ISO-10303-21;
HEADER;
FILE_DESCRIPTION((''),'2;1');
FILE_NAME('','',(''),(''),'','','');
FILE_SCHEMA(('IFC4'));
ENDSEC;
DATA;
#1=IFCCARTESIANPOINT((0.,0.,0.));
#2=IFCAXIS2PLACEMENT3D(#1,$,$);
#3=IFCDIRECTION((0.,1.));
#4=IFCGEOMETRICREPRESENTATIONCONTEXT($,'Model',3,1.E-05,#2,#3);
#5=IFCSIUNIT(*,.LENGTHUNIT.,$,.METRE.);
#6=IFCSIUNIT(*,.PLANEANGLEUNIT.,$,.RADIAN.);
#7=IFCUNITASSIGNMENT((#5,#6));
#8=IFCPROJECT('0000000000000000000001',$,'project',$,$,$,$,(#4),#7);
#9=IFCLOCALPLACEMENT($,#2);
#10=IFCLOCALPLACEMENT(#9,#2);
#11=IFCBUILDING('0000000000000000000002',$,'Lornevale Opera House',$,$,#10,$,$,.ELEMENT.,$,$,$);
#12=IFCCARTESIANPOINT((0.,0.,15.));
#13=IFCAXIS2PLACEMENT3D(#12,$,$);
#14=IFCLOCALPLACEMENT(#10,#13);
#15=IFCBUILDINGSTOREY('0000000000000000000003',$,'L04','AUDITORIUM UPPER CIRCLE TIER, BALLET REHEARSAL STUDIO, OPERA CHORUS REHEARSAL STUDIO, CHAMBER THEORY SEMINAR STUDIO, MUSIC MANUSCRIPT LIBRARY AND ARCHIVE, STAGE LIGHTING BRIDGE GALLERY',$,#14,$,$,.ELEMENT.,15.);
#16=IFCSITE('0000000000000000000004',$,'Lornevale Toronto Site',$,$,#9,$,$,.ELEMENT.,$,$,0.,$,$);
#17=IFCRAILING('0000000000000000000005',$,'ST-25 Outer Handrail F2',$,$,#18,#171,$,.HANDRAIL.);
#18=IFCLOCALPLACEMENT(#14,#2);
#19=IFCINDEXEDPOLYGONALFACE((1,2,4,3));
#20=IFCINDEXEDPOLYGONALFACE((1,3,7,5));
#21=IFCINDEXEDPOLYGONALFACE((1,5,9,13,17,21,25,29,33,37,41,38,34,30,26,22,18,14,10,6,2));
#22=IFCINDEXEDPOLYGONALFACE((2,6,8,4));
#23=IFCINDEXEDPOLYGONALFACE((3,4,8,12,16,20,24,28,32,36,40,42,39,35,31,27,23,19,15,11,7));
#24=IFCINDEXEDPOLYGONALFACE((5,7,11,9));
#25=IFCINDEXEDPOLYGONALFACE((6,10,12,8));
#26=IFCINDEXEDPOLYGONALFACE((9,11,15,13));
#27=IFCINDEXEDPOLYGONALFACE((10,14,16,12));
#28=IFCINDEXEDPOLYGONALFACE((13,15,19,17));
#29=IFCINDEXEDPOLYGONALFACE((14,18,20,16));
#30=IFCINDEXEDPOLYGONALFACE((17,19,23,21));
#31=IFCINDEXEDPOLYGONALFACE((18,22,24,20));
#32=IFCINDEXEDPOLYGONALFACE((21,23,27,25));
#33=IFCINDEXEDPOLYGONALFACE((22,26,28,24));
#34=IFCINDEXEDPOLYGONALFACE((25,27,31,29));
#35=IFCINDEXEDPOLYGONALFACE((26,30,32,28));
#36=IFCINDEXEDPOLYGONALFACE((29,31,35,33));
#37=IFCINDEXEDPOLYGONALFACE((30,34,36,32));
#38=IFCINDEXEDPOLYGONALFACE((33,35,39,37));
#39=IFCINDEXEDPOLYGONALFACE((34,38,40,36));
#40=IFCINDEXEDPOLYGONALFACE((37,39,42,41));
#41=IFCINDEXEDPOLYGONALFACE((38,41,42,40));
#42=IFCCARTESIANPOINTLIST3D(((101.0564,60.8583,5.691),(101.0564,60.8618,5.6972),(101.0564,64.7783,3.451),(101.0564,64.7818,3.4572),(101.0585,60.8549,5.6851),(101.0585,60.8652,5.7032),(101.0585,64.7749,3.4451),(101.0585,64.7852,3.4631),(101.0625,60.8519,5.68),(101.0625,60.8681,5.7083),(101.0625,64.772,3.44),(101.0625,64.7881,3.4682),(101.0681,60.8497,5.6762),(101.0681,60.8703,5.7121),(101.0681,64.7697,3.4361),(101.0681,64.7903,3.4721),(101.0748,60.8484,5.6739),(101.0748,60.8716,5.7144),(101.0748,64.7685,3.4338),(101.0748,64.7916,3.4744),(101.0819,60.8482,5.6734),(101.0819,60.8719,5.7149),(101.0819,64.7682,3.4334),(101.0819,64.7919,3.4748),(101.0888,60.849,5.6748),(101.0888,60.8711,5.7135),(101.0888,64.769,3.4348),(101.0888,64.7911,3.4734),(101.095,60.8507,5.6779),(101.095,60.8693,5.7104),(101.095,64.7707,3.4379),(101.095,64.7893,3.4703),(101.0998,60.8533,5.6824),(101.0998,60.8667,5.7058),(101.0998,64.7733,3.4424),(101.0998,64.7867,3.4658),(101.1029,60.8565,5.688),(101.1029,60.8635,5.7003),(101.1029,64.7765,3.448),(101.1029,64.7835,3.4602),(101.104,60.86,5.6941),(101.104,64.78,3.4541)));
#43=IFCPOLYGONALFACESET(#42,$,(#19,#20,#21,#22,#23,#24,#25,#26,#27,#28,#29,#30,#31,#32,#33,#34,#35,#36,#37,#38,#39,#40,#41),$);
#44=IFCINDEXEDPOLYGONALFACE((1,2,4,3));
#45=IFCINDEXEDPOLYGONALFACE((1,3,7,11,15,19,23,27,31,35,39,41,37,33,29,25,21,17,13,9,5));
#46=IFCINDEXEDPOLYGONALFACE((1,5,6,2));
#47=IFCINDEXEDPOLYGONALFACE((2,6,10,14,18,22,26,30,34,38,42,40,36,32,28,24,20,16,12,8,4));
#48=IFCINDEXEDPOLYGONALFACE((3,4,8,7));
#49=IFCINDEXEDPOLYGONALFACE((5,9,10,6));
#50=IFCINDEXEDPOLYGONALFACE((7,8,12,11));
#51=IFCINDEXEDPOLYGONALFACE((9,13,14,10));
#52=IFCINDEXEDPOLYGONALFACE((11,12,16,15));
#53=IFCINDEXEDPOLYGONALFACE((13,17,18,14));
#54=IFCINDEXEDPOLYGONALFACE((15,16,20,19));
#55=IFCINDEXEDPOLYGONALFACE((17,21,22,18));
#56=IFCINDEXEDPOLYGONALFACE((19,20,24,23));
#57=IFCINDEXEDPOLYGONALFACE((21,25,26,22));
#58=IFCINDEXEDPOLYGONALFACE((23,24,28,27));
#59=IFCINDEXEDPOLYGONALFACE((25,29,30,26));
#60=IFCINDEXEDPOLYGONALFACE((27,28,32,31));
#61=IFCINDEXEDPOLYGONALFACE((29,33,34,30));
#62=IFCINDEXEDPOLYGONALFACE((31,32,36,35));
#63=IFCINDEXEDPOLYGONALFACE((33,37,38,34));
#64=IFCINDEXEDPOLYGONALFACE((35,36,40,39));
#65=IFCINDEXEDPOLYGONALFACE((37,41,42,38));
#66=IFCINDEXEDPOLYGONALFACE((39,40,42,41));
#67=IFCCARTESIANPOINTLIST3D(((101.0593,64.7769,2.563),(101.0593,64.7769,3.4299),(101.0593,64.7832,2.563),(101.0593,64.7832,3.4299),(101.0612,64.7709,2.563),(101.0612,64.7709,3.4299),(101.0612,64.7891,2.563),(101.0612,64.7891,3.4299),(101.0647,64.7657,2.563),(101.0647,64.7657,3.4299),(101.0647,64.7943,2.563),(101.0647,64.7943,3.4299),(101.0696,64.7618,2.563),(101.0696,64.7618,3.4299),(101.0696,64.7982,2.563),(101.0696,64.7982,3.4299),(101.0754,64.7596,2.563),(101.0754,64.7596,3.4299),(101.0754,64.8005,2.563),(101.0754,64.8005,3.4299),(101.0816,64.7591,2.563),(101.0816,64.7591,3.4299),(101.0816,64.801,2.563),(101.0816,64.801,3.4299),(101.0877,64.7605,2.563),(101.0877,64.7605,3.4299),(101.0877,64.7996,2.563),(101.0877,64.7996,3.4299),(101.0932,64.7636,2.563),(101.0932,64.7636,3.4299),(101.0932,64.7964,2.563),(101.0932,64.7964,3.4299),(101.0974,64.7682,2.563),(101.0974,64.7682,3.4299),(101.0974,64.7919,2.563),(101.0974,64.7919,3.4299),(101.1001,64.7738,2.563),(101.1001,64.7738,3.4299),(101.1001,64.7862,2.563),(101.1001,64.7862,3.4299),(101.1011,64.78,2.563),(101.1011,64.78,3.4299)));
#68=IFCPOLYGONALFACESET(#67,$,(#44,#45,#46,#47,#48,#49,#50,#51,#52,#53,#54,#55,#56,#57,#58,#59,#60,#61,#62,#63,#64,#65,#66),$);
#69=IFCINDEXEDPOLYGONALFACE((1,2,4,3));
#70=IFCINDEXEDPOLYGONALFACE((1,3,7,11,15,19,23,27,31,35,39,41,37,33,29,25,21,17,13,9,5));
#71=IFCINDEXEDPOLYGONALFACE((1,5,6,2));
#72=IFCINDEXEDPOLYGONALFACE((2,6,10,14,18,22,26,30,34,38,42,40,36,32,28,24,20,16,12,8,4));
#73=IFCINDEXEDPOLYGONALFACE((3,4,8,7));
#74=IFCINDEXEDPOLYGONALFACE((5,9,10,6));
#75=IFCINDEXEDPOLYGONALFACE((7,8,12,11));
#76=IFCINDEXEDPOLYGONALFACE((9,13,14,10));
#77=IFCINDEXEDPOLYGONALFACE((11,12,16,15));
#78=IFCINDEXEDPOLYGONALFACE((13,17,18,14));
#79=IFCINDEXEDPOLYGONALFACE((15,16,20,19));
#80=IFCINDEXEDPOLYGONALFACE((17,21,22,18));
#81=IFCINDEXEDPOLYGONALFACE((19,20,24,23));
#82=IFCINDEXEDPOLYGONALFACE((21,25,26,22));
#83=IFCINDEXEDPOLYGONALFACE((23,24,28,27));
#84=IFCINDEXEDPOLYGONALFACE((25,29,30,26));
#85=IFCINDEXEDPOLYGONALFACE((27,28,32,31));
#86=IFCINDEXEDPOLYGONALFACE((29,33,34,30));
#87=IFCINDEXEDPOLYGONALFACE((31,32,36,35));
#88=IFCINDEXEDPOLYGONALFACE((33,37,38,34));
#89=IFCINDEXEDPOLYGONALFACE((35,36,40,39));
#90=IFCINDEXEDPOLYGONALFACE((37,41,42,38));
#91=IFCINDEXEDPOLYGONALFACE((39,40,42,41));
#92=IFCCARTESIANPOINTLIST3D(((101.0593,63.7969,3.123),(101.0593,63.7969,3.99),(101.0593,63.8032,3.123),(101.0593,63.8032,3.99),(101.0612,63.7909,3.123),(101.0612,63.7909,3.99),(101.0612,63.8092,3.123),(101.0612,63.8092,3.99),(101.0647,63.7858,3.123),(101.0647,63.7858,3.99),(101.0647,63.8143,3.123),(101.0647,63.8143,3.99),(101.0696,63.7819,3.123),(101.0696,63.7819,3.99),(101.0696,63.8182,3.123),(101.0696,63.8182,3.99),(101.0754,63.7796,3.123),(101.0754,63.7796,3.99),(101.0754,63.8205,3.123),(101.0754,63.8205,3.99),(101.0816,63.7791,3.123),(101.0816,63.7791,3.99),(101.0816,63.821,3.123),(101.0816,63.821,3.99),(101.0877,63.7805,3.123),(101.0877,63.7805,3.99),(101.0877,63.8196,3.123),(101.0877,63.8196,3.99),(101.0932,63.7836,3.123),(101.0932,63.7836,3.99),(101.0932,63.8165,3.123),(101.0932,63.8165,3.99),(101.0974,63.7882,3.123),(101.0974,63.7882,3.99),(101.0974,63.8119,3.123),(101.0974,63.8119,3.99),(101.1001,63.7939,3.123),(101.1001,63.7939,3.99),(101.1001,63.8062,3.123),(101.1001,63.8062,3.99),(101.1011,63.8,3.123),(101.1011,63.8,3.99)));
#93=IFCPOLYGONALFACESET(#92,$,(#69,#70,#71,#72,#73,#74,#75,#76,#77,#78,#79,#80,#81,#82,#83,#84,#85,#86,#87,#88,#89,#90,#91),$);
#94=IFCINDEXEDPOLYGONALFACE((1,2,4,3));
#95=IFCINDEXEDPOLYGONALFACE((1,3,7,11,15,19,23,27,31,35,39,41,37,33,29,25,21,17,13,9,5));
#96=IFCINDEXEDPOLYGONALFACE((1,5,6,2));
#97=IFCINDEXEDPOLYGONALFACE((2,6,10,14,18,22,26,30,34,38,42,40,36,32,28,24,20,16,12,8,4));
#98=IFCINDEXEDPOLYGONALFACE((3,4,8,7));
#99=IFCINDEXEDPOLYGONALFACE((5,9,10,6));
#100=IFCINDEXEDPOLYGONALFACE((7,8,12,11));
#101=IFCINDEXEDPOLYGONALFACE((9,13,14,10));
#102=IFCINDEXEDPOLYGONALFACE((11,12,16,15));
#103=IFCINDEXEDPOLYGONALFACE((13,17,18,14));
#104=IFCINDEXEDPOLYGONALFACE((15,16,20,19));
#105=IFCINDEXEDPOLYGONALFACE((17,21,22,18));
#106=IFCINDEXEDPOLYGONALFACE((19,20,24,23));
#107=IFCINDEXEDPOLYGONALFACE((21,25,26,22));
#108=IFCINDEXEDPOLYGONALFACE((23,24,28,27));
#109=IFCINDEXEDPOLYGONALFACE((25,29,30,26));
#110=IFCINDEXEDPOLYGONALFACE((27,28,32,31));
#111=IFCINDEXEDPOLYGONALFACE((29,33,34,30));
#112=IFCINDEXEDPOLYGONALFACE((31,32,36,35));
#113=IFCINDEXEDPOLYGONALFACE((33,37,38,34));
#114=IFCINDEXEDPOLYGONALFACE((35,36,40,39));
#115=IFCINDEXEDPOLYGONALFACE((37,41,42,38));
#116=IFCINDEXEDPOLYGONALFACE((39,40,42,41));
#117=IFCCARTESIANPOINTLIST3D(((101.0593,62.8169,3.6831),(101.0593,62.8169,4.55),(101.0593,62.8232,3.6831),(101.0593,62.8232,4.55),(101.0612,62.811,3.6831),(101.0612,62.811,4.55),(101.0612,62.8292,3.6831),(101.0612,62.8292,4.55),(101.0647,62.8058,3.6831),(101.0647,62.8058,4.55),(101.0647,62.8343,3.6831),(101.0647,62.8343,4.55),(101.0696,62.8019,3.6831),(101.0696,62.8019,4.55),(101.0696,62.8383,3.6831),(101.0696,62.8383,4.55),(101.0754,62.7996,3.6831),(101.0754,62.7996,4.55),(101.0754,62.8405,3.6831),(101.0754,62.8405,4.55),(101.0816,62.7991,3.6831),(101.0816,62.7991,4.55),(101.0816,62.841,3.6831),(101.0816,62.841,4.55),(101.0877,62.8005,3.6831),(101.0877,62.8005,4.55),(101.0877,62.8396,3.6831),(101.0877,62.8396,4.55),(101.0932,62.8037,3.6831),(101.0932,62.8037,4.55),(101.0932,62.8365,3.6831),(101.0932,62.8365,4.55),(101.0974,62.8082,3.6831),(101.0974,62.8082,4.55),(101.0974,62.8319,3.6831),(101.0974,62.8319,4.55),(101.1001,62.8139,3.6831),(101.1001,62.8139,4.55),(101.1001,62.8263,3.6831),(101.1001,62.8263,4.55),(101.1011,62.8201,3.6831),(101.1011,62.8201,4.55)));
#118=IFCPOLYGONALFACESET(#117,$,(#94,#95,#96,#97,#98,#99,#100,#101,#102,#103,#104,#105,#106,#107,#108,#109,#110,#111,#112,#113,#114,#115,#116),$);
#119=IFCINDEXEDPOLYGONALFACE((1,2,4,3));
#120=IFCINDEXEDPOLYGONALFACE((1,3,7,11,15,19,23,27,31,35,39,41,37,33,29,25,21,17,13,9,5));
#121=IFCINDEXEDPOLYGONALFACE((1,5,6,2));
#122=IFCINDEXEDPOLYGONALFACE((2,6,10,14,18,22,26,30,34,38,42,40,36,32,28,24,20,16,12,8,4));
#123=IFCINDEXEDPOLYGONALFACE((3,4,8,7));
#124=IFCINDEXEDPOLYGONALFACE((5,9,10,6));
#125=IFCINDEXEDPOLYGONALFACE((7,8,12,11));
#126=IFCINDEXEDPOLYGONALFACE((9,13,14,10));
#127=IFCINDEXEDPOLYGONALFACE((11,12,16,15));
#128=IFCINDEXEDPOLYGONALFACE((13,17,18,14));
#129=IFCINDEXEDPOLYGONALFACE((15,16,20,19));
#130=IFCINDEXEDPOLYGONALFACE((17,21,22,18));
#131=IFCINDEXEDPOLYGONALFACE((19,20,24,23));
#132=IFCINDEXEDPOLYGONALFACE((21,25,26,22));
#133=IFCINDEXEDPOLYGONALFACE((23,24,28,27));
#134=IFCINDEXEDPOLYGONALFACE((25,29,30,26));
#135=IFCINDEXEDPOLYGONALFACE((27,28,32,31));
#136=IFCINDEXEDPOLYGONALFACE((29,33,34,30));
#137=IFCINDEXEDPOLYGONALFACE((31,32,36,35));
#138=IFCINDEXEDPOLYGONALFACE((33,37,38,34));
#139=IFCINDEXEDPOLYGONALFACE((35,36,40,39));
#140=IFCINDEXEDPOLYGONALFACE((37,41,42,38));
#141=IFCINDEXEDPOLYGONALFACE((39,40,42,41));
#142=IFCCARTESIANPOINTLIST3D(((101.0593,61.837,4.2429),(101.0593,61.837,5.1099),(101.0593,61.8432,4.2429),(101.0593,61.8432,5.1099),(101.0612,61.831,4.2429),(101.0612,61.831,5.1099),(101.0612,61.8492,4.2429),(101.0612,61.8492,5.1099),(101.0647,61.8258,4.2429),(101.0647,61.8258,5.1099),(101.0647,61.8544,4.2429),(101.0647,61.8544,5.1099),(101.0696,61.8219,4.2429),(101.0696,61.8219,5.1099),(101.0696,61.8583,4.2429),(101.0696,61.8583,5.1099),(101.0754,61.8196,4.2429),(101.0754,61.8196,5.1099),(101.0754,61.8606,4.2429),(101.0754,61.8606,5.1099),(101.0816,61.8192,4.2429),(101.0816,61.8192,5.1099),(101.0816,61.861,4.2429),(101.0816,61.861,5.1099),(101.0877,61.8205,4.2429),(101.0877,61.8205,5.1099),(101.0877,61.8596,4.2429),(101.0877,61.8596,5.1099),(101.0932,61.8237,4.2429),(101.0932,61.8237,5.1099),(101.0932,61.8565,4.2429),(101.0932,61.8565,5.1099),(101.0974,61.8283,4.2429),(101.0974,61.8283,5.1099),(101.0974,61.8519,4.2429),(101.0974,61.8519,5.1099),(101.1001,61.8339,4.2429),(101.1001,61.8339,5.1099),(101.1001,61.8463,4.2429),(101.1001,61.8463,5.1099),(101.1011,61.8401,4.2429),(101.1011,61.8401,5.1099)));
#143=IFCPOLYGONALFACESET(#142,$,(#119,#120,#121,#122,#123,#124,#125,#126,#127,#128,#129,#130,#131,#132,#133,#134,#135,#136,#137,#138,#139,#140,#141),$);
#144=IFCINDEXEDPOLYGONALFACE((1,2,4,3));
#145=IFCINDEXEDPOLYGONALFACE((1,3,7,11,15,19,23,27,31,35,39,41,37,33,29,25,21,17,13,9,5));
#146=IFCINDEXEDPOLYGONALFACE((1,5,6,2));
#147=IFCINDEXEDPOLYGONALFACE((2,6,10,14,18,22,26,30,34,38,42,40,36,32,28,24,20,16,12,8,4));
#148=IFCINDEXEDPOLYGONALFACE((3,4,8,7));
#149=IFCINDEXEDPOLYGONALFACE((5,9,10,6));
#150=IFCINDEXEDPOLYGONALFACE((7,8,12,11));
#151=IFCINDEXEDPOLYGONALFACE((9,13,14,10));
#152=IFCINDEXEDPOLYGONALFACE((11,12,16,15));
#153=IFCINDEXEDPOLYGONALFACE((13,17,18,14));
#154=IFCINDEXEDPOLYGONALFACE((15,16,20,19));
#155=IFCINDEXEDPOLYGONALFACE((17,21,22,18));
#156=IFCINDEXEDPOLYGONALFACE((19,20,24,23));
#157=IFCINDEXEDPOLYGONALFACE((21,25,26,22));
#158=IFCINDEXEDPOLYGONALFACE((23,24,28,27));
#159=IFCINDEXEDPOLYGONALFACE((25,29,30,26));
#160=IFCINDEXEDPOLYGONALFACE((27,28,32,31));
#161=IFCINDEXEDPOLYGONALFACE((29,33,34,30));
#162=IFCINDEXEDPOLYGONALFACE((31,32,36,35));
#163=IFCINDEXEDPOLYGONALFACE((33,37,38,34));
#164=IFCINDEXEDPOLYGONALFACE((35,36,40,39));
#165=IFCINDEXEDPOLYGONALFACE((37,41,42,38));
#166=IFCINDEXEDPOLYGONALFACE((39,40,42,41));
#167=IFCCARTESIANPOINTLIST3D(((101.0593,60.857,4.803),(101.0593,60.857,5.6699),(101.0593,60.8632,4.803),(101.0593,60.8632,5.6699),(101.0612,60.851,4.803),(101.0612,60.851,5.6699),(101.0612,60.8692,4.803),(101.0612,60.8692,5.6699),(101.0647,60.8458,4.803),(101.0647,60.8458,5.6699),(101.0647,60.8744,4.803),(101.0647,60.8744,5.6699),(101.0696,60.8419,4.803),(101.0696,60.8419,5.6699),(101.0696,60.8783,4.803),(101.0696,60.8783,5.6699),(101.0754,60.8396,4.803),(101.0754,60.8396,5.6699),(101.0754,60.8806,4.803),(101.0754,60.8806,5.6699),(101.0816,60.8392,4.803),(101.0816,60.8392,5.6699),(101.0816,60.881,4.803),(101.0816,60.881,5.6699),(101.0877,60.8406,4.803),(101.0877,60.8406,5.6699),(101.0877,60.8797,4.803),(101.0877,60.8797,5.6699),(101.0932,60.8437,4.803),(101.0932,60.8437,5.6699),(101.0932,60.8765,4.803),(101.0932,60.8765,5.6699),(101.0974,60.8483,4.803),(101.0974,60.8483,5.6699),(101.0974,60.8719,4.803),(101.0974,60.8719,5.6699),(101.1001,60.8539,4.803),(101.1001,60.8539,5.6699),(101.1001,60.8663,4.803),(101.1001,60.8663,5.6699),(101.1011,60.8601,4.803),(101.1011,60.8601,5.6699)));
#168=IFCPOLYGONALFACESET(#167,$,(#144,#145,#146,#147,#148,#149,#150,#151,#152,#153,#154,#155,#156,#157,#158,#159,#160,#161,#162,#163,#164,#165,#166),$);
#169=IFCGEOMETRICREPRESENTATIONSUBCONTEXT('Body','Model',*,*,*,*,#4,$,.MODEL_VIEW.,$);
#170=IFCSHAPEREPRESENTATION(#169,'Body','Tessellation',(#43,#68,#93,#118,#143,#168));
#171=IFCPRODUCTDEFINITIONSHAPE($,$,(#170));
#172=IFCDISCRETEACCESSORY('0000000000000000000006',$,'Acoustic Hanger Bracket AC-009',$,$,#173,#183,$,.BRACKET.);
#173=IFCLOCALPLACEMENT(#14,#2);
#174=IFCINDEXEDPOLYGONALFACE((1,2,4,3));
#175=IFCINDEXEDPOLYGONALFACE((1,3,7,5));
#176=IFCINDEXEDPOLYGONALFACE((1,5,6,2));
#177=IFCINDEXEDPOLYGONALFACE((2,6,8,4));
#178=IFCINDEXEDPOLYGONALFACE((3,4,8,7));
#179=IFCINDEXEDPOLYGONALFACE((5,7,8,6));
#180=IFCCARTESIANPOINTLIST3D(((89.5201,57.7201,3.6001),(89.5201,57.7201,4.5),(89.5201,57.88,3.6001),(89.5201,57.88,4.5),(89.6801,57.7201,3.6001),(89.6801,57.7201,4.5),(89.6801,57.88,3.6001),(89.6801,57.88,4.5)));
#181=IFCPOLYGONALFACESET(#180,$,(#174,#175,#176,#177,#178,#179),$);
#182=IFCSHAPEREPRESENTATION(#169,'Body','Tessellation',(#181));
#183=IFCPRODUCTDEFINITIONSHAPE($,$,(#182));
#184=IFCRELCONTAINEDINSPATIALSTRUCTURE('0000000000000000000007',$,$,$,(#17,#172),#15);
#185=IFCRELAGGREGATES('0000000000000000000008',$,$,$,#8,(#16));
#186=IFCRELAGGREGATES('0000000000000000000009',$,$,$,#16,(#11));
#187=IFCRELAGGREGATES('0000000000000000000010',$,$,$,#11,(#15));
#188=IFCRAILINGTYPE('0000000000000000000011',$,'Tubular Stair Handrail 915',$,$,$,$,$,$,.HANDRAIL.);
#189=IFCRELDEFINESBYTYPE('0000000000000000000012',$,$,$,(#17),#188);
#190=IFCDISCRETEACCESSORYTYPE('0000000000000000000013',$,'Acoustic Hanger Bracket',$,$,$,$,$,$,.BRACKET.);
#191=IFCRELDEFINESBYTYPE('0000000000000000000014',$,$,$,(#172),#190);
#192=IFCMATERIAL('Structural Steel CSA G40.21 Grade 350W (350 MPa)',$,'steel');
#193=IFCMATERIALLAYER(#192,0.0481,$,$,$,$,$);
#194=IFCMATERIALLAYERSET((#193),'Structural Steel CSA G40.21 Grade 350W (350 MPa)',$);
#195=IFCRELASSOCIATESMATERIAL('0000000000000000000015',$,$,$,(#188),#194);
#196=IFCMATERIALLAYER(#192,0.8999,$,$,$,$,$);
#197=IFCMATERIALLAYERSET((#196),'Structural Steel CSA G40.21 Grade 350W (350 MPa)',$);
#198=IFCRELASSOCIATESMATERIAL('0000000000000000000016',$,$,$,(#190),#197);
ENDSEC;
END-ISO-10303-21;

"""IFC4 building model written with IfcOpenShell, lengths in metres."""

from ifc_helpers import new_model, si_unit, direction, frame, origin, origin_2d, place, context, subcontext, project, spatial, rectangle, circle, extrude, material, layer, layer_set, type_object, element, save


model = new_model("IFC4")

# Units and contexts
model_context = context("Model", 3, precision=1e-05, world=origin(), true_north=direction((0.0, 1.0)))
body_context = subcontext(model_context, "Body", "Model", "MODEL_VIEW")
ifc_project = project(units=[si_unit("LENGTHUNIT", "METRE"), si_unit("PLANEANGLEUNIT", "RADIAN")], contexts=[model_context])

# Site, building, storey
site_placement = place(None, origin())
site = spatial("IfcSite", under=ifc_project, at=site_placement, Name="Lornevale Toronto Site", CompositionType="ELEMENT", RefElevation=0.0)
building_placement = place(site_placement, origin())
building = spatial("IfcBuilding", under=site, at=building_placement, Name="Lornevale Opera House", CompositionType="ELEMENT")
storey_placement = place(building_placement, frame((0.0, 0.0, 15.0)))
storey = spatial("IfcBuildingStorey", under=building, at=storey_placement, Name="L04", Description="AUDITORIUM UPPER CIRCLE TIER, BALLET REHEARSAL STUDIO, OPERA CHORUS REHEARSAL STUDIO, CHAMBER THEORY SEMINAR STUDIO, MUSIC MANUSCRIPT LIBRARY AND ARCHIVE, STAGE LIGHTING BRIDGE GALLERY", CompositionType="ELEMENT", Elevation=15.0)

# Shared definitions
ifc_material_1 = material(Name="Structural Steel CSA G40.21 Grade 350W (350 MPa)", Category="steel")

# Railing
ifc_layer_1 = layer(ifc_material_1, 0.0481)
ifc_layer_set_1 = layer_set([ifc_layer_1], Name="Structural Steel CSA G40.21 Grade 350W (350 MPa)")
railing_type_1 = type_object("IfcRailingType", Name="Tubular Stair Handrail 915", PredefinedType="HANDRAIL", material=ifc_layer_set_1)
railing_1_placement = place(storey_placement, frame((101.0801, 64.78, 2.563)))
element("IfcRailing", 1, at=railing_1_placement, inside=storey, type_object=railing_type_1, Name="ST-25 Outer Handrail F2", PredefinedType="HANDRAIL", context=body_context, shape_type="SweptSolid", body=[
    extrude(circle(Radius=0.0239, at=origin_2d()), frame((0.0, 0.0, 0.8911), z_axis=(0.0, -0.86824, 0.496145), x_axis=(1.0, 0.0, 0.0)), (0.0, 0.0, 1.0), 4.5149),
    extrude(circle(Radius=0.021, at=origin_2d()), origin(), (0.0, 0.0, 1.0), 0.8669),
    extrude(circle(Radius=0.021, at=origin_2d()), frame((0.0, -0.98, 0.5601)), (0.0, 0.0, 1.0), 0.8669),
    extrude(circle(Radius=0.021, at=origin_2d()), frame((0.0, -1.96, 1.1201)), (0.0, 0.0, 1.0), 0.8669),
    extrude(circle(Radius=0.021, at=origin_2d()), frame((0.0, -2.9399, 1.6799)), (0.0, 0.0, 1.0), 0.8669),
    extrude(circle(Radius=0.021, at=origin_2d()), frame((0.0, -3.9199, 2.24)), (0.0, 0.0, 1.0), 0.8669),
])

# Discrete accessory
ifc_layer_2 = layer(ifc_material_1, 0.8999)
ifc_layer_set_2 = layer_set([ifc_layer_2], Name="Structural Steel CSA G40.21 Grade 350W (350 MPa)")
discrete_accessory_type = type_object("IfcDiscreteAccessoryType", Name="Acoustic Hanger Bracket", PredefinedType="BRACKET", material=ifc_layer_set_2)
discrete_accessory_placement = place(storey_placement, frame((89.6001, 57.8, 3.6001), z_axis=(0.0, 0.0, 1.0), x_axis=(1.0, 0.0, 0.0)))
element("IfcDiscreteAccessory", 2, at=discrete_accessory_placement, inside=storey, type_object=discrete_accessory_type, Name="Acoustic Hanger Bracket AC-009", PredefinedType="BRACKET", context=body_context, shape_type="SweptSolid", body=[
    extrude(rectangle(XDim=0.1599, YDim=0.1599, at=origin_2d()), origin(), (0.0, 0.0, 1.0), 0.8999),
])

save(model, "model.ifc")
